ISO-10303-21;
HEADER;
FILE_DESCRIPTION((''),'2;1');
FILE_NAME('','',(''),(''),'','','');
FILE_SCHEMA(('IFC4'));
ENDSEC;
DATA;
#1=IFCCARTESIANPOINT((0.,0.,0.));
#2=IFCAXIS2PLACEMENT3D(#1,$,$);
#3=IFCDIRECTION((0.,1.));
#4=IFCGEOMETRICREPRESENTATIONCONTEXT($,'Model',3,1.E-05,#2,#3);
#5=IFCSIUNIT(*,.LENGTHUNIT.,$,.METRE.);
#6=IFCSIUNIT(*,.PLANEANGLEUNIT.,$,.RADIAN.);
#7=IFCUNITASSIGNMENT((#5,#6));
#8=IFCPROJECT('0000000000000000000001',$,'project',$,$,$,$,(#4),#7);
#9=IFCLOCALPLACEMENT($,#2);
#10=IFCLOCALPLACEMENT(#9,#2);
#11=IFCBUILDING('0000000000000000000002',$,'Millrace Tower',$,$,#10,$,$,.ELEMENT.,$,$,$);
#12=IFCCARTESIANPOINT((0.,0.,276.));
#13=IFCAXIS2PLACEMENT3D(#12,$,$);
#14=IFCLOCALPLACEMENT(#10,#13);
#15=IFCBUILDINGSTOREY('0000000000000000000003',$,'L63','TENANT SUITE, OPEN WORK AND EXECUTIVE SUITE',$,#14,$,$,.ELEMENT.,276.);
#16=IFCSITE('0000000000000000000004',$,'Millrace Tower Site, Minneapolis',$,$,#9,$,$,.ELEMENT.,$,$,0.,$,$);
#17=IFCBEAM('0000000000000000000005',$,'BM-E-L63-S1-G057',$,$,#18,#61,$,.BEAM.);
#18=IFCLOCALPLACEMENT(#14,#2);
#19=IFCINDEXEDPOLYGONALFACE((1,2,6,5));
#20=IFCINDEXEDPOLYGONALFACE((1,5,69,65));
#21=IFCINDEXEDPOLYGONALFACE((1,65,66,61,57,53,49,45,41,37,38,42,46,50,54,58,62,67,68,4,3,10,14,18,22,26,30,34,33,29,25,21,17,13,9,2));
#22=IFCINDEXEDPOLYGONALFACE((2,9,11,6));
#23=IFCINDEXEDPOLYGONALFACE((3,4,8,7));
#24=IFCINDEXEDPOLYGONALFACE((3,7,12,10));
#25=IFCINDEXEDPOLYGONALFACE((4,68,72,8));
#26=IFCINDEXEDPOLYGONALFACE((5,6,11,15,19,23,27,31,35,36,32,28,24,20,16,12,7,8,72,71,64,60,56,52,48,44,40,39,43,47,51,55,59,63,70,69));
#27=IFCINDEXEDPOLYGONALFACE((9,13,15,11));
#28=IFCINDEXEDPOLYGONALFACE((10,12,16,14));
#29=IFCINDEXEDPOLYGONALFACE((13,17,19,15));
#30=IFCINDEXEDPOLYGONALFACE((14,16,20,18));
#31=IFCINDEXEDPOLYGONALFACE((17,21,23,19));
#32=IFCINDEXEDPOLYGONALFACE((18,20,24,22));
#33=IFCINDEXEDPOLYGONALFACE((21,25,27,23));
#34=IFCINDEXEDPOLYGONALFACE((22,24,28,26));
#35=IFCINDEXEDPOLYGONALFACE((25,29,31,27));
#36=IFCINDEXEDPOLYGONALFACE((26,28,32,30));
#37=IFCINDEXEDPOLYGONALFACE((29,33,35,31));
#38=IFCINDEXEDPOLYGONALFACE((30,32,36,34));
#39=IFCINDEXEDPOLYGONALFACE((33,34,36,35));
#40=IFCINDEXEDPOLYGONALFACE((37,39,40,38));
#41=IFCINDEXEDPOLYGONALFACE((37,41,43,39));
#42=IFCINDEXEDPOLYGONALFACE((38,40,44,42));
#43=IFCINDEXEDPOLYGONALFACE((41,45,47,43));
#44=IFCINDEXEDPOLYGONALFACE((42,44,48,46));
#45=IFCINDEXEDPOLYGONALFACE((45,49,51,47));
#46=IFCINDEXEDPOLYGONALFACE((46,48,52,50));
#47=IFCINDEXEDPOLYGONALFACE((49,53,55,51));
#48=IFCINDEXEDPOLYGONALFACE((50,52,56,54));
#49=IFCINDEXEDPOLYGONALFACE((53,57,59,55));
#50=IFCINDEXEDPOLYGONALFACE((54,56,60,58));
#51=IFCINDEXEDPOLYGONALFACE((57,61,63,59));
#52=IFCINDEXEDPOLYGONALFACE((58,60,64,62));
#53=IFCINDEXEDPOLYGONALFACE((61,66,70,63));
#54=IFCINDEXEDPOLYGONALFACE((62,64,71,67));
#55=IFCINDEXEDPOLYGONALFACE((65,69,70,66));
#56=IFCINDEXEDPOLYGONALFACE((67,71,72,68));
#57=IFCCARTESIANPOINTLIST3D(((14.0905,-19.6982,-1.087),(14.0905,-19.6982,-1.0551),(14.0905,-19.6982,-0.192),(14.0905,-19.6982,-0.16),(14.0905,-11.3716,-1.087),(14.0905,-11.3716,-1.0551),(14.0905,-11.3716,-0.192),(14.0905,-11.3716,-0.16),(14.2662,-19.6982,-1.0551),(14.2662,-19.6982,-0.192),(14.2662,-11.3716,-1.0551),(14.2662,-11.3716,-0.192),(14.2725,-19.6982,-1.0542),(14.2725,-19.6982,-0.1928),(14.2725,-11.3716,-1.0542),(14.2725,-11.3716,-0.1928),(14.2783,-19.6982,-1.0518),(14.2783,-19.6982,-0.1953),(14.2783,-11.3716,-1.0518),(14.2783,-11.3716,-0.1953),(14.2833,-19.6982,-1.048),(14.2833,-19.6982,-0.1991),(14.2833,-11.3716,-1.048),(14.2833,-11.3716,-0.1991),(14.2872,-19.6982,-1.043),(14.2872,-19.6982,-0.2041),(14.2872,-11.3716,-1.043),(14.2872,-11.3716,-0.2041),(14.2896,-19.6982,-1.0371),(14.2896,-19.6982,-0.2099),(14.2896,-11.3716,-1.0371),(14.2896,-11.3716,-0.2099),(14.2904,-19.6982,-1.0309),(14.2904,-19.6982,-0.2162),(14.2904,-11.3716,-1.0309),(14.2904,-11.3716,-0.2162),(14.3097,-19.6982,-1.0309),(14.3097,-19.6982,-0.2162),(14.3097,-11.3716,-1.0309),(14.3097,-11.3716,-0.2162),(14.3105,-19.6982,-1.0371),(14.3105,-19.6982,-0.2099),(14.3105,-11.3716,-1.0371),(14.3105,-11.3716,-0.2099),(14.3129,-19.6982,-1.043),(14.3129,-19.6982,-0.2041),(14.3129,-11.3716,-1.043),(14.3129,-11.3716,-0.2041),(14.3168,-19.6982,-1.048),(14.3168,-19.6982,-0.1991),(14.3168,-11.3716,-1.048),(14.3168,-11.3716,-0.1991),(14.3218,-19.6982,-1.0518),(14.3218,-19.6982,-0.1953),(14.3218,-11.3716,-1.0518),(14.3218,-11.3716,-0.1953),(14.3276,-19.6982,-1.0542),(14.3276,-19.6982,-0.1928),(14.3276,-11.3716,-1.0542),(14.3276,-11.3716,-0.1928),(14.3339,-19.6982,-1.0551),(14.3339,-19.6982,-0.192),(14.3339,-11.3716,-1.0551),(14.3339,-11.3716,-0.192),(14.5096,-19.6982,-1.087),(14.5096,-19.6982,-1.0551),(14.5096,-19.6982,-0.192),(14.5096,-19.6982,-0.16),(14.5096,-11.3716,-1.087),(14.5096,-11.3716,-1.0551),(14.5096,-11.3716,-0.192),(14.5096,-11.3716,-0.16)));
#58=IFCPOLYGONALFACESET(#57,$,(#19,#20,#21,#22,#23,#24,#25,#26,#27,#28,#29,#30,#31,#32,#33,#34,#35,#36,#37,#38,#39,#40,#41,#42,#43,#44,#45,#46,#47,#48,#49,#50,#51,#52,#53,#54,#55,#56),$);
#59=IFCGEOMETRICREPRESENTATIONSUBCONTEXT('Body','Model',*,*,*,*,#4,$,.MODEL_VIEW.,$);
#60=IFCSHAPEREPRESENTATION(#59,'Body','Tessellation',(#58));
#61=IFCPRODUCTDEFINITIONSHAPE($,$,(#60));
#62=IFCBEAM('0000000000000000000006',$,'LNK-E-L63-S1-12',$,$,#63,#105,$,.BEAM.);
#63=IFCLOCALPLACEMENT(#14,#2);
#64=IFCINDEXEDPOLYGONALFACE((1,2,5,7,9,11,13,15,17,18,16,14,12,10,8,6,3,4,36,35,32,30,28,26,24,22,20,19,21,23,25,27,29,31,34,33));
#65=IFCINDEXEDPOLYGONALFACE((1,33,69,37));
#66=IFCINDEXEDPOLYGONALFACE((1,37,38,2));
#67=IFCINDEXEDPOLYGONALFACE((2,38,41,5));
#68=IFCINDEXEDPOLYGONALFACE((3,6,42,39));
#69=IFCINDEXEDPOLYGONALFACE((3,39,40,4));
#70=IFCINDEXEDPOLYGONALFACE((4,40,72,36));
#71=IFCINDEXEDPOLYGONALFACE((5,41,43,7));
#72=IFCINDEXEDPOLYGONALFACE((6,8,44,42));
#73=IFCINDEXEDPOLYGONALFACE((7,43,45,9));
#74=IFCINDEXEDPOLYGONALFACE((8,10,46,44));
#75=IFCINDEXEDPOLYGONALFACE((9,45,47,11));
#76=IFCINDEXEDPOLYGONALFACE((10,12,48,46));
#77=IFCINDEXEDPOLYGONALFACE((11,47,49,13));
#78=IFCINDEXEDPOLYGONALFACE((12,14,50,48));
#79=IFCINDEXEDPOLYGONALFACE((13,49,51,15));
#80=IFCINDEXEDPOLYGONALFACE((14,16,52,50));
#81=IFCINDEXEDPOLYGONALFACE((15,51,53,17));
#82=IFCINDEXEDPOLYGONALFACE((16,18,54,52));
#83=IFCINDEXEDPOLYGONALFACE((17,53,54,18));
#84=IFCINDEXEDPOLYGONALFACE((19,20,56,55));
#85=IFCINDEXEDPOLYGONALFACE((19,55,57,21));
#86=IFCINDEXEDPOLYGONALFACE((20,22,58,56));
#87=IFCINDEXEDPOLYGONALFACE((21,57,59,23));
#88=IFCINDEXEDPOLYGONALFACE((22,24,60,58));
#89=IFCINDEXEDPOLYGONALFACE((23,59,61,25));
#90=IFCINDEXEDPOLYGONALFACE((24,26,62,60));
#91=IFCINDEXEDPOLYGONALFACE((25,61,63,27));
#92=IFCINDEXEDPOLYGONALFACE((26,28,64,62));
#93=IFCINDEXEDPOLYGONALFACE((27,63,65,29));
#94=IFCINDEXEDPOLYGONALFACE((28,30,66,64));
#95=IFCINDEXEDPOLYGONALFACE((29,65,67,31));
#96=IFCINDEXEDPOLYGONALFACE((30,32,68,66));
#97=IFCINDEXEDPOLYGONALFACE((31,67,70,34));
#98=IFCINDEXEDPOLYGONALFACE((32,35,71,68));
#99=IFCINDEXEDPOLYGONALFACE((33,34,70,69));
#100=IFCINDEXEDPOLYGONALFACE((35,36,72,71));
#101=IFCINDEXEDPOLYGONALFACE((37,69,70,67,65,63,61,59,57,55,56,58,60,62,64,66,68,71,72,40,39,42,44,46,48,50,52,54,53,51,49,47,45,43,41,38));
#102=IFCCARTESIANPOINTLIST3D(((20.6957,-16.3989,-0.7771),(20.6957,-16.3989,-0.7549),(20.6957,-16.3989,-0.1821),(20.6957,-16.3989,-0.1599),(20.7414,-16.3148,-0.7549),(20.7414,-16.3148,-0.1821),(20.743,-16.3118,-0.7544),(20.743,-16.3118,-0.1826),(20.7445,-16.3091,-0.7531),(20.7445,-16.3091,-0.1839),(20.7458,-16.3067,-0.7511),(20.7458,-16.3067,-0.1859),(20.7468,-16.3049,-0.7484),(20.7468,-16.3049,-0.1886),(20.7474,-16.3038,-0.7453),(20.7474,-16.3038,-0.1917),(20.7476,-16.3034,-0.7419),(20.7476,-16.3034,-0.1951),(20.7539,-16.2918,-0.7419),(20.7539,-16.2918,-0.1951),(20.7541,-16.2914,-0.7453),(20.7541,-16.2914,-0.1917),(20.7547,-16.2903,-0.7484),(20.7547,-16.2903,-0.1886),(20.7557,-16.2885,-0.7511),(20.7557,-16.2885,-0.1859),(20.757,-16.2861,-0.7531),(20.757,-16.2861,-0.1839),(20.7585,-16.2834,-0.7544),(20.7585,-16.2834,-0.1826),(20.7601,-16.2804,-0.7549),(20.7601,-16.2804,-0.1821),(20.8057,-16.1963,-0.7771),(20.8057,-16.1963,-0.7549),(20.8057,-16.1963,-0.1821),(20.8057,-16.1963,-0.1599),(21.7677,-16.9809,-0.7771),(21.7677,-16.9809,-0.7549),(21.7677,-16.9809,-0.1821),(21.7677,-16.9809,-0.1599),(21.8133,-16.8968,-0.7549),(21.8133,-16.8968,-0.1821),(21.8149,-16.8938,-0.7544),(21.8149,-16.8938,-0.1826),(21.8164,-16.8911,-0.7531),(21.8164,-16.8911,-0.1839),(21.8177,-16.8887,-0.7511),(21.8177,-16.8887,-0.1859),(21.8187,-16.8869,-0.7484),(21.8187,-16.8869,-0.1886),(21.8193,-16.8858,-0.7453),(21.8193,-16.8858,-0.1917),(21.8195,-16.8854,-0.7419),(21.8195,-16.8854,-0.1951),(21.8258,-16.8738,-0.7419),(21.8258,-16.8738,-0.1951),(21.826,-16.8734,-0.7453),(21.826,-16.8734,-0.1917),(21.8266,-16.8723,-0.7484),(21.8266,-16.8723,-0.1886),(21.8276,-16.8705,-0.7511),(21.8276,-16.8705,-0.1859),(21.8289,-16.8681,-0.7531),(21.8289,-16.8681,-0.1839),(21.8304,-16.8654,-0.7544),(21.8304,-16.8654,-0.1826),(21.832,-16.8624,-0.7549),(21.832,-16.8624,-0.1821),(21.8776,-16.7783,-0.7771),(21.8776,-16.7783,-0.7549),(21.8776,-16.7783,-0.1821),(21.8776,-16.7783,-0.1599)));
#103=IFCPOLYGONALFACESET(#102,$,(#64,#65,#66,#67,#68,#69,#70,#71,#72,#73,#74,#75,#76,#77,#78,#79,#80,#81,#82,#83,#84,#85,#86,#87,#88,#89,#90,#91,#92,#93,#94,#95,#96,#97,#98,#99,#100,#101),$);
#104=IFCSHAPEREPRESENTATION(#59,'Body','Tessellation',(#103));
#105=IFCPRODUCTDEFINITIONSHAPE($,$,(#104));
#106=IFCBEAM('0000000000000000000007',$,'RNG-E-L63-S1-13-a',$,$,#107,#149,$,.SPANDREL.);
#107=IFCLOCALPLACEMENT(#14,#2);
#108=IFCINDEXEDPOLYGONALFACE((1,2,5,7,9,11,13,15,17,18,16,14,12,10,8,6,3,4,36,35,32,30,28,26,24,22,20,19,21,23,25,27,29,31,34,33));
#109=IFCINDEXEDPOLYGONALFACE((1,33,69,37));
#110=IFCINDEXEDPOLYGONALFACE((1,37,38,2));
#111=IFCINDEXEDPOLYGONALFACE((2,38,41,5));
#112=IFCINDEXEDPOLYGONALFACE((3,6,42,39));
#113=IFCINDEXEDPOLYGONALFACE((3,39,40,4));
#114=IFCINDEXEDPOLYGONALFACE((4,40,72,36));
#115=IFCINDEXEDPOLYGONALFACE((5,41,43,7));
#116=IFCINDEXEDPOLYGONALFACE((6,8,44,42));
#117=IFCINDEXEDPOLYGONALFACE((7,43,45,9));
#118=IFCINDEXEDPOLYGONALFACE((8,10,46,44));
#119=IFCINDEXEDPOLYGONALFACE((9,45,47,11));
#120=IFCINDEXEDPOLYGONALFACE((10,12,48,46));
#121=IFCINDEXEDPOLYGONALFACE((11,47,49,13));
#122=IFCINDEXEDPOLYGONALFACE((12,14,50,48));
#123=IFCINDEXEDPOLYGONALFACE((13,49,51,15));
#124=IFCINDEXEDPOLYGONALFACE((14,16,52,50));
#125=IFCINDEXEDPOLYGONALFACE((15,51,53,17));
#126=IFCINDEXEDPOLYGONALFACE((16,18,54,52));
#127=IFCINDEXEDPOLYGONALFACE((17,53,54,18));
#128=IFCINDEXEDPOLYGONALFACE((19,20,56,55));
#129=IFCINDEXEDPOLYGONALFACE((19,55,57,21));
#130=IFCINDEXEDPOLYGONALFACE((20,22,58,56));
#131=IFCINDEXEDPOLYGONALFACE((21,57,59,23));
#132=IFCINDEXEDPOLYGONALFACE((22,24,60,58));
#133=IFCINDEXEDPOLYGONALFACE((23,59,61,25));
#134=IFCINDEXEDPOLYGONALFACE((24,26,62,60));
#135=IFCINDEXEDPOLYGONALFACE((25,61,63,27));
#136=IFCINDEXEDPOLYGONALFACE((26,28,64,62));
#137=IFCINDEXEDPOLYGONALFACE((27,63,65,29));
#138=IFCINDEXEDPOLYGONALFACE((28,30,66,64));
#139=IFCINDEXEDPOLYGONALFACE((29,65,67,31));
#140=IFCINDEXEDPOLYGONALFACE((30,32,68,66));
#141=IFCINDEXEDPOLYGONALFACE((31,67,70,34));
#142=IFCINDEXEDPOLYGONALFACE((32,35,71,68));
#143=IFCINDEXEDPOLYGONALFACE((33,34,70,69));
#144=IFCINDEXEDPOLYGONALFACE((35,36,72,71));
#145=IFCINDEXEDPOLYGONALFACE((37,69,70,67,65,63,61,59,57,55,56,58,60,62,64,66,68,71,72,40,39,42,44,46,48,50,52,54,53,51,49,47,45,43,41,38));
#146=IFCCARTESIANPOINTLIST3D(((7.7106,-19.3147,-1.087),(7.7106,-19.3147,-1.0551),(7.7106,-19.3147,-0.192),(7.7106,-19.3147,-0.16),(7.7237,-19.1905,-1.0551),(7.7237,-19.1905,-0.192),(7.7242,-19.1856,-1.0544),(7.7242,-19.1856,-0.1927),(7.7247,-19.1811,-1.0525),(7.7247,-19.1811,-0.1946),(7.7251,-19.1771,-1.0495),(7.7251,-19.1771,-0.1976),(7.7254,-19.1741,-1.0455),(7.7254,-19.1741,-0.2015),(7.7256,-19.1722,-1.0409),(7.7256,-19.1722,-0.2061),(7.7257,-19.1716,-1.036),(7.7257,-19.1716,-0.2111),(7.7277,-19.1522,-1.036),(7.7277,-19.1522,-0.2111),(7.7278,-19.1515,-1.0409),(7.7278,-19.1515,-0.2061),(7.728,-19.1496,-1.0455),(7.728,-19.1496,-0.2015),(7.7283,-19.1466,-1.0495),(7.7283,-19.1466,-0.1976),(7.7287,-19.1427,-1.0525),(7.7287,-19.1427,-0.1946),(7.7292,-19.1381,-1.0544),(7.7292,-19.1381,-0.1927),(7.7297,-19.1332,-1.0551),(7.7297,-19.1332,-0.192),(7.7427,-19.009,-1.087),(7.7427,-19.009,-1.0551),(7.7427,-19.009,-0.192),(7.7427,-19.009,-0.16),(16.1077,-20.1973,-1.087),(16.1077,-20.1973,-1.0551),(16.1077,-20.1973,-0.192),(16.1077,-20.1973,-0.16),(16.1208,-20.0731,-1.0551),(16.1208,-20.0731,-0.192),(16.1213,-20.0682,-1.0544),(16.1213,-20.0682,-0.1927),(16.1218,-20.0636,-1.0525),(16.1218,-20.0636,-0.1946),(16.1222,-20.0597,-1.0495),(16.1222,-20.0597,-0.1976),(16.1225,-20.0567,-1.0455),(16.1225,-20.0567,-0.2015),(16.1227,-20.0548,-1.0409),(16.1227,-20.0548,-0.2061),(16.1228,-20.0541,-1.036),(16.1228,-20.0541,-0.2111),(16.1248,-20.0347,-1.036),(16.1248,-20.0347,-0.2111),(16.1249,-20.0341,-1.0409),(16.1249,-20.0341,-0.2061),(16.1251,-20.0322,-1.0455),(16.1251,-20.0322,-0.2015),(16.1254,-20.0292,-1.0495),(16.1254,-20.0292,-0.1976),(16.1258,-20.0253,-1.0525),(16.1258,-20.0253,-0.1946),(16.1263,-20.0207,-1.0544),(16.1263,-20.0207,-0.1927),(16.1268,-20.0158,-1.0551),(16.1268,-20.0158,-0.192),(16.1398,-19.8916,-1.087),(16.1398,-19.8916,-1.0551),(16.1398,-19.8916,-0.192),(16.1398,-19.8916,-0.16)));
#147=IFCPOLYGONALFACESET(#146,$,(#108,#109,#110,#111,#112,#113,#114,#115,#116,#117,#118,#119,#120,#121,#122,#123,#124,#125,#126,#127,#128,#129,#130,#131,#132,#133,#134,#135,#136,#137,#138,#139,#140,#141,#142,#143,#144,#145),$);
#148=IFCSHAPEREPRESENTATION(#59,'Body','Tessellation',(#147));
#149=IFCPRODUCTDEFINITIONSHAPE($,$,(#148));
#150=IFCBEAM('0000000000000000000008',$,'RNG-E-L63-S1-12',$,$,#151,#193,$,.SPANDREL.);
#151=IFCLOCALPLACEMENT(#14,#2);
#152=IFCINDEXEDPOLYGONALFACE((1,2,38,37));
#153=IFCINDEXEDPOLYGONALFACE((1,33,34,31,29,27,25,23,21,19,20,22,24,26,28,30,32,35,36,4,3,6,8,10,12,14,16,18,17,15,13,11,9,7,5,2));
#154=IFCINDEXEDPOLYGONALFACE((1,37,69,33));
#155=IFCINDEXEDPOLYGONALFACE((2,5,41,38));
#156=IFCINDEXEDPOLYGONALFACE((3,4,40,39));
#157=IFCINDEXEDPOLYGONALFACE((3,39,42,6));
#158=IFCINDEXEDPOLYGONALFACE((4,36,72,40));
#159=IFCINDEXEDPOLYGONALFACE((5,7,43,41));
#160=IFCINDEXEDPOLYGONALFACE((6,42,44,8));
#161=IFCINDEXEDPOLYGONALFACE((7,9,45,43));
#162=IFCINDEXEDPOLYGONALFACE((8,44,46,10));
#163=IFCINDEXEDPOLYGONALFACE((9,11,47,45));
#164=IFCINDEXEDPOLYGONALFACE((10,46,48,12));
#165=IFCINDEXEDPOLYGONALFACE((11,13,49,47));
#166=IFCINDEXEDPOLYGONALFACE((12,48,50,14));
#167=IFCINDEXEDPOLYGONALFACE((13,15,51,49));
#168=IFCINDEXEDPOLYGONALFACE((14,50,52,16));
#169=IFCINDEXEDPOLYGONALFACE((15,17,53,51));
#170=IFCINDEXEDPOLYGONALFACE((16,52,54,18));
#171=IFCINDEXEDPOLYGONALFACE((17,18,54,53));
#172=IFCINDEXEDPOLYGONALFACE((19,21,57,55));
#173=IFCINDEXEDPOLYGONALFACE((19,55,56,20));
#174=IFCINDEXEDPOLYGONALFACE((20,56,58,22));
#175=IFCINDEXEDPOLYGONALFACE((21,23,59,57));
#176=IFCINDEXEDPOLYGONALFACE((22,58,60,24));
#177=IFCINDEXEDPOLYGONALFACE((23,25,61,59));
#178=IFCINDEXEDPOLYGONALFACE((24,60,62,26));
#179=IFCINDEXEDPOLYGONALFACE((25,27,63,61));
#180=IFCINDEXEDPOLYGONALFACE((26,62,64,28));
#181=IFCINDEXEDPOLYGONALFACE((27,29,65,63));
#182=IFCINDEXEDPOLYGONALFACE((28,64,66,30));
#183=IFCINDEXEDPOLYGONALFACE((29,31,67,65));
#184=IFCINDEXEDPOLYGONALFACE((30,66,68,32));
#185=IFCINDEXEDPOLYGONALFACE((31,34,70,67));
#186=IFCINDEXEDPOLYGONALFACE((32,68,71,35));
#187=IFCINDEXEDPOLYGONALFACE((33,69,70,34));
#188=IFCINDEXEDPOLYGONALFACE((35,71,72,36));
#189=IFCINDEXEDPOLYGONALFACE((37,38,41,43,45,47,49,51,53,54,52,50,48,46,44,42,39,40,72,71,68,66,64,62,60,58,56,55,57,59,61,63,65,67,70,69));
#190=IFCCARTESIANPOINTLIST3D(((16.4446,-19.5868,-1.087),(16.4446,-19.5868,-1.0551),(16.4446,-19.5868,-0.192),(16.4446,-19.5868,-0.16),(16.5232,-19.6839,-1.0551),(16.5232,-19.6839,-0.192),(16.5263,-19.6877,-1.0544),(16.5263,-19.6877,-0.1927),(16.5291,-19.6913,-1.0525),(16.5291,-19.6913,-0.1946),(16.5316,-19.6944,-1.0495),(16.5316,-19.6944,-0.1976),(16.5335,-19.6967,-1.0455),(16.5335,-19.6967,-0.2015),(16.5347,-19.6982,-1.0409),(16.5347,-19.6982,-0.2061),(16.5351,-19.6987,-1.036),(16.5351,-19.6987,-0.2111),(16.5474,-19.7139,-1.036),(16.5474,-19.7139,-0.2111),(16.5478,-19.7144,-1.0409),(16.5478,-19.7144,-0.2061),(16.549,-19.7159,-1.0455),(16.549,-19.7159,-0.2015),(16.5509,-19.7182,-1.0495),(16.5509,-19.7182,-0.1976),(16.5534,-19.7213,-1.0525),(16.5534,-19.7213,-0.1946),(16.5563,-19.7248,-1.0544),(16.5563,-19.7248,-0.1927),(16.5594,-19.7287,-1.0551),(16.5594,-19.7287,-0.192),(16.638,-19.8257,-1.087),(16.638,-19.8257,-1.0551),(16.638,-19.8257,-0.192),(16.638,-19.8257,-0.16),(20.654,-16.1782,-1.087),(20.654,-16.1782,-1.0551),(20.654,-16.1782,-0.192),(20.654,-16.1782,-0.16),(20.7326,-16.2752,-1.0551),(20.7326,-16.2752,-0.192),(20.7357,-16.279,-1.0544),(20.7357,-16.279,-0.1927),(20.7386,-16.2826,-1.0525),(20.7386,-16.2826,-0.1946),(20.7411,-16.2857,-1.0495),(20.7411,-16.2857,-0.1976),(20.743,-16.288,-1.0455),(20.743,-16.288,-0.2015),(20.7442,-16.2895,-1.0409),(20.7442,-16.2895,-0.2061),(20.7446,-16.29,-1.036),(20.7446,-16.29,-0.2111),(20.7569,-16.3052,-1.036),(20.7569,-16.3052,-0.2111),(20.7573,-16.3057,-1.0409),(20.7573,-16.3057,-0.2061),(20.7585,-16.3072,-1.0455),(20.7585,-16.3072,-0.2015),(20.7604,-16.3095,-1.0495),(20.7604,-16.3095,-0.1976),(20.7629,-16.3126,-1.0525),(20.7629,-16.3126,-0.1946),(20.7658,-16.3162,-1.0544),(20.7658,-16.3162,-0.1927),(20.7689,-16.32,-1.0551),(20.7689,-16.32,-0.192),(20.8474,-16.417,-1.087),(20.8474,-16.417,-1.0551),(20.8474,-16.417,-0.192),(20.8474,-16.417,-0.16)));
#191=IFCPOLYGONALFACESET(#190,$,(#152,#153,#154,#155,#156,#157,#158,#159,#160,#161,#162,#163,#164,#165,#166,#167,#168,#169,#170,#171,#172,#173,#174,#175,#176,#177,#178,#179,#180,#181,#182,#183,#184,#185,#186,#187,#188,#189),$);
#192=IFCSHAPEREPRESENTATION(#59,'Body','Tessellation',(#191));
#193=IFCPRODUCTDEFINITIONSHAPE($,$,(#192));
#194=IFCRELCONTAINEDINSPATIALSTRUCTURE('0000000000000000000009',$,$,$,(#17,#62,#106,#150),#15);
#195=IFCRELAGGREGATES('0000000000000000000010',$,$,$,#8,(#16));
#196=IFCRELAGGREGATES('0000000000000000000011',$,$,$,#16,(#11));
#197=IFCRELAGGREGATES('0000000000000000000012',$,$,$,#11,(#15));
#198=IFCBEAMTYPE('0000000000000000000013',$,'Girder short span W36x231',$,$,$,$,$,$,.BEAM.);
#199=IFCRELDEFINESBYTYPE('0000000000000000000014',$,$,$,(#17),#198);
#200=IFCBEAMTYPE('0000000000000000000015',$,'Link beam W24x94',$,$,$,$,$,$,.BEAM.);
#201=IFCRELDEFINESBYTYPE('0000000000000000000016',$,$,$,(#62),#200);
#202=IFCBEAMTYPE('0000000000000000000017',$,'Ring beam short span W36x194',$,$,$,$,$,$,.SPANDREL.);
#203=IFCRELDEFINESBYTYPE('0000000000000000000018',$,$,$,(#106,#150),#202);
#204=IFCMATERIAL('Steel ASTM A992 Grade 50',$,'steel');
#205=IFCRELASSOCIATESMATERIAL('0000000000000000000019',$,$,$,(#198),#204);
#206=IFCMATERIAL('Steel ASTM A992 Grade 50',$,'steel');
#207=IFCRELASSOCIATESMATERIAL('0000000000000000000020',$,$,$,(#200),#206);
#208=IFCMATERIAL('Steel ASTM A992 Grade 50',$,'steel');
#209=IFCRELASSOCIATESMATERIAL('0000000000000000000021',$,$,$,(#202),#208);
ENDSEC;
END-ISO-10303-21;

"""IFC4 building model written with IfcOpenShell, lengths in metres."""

from ifc_helpers import new_model, si_unit, direction, frame, origin, origin_2d, place, context, subcontext, project, spatial, i_section, extrude, material, material_profile, profile_set, type_object, element, save


model = new_model("IFC4")

# Units and contexts
model_context = context("Model", 3, precision=1e-05, world=origin(), true_north=direction((0.0, 1.0)))
body_context = subcontext(model_context, "Body", "Model", "MODEL_VIEW")
ifc_project = project(units=[si_unit("LENGTHUNIT", "METRE"), si_unit("PLANEANGLEUNIT", "RADIAN")], contexts=[model_context])

# Site, building, storey
site_placement = place(None, origin())
site = spatial("IfcSite", under=ifc_project, at=site_placement, Name="Millrace Tower Site, Minneapolis", CompositionType="ELEMENT", RefElevation=0.0)
building_placement = place(site_placement, origin())
building = spatial("IfcBuilding", under=site, at=building_placement, Name="Millrace Tower", CompositionType="ELEMENT")
storey_placement = place(building_placement, frame((0.0, 0.0, 276.0)))
storey = spatial("IfcBuildingStorey", under=building, at=storey_placement, Name="L63", Description="TENANT SUITE, OPEN WORK AND EXECUTIVE SUITE", CompositionType="ELEMENT", Elevation=276.0)

# Beams
ifc_material_1 = material(Name="Steel ASTM A992 Grade 50", Category="steel")
ifc_material_profile_1 = material_profile(ifc_material_1, i_section(OverallWidth=0.4192, OverallDepth=0.927, WebThickness=0.0193, FlangeThickness=0.032, FilletRadius=0.0242, at=origin_2d()))
ifc_profile_set_1 = profile_set([ifc_material_profile_1], Name="Steel ASTM A992 Grade 50")
beam_type_1 = type_object("IfcBeamType", Name="Girder short span W36x231", PredefinedType="BEAM", material=ifc_profile_set_1)
beam_1_placement = place(storey_placement, frame((14.3, -19.6982, -0.6235), z_axis=(0.0, 1.0, 0.0), x_axis=(-1.0, 0.0, 0.0)))
element("IfcBeam", 1, at=beam_1_placement, inside=storey, type_object=beam_type_1, Name="BM-E-L63-S1-G057", PredefinedType="BEAM", context=body_context, shape_type="SweptSolid", body=[
    extrude(i_section(OverallWidth=0.4192, OverallDepth=0.927, WebThickness=0.0193, FlangeThickness=0.032, FilletRadius=0.0242, at=origin_2d()), origin(), (0.0, 0.0, 1.0), 8.3267),
])
ifc_material_2 = material(Name="Steel ASTM A992 Grade 50", Category="steel")
ifc_material_profile_2 = material_profile(ifc_material_2, i_section(OverallWidth=0.2305, OverallDepth=0.6172, WebThickness=0.0132, FlangeThickness=0.0222, FilletRadius=0.0129, at=origin_2d()))
ifc_profile_set_2 = profile_set([ifc_material_profile_2], Name="Steel ASTM A992 Grade 50")
beam_type_2 = type_object("IfcBeamType", Name="Link beam W24x94", PredefinedType="BEAM", material=ifc_profile_set_2)
beam_2_placement = place(storey_placement, frame((20.7507, -16.2976, -0.4685), z_axis=(0.878827, -0.47714, 0.0), x_axis=(0.47714, 0.878827, 0.0)))
element("IfcBeam", 2, at=beam_2_placement, inside=storey, type_object=beam_type_2, Name="LNK-E-L63-S1-12", PredefinedType="BEAM", context=body_context, shape_type="SweptSolid", body=[
    extrude(i_section(OverallWidth=0.2305, OverallDepth=0.6172, WebThickness=0.0132, FlangeThickness=0.0222, FilletRadius=0.0129, at=origin_2d()), origin(), (0.0, 0.0, 1.0), 1.2197),
])
ifc_material_3 = material(Name="Steel ASTM A992 Grade 50", Category="steel")
ifc_material_profile_3 = material_profile(ifc_material_3, i_section(OverallWidth=0.3074, OverallDepth=0.927, WebThickness=0.0195, FlangeThickness=0.032, FilletRadius=0.019, at=origin_2d()))
ifc_profile_set_3 = profile_set([ifc_material_profile_3], Name="Steel ASTM A992 Grade 50")
beam_type_3 = type_object("IfcBeamType", Name="Ring beam short span W36x194", PredefinedType="SPANDREL", material=ifc_profile_set_3)
beam_3_placement = place(storey_placement, frame((16.1238, -20.0444, -0.6235), z_axis=(-0.994522, 0.104527, 0.0), x_axis=(-0.104527, -0.994522, 0.0)))
element("IfcBeam", 3, at=beam_3_placement, inside=storey, type_object=beam_type_3, Name="RNG-E-L63-S1-13-a", PredefinedType="SPANDREL", context=body_context, shape_type="SweptSolid", body=[
    extrude(i_section(OverallWidth=0.3074, OverallDepth=0.927, WebThickness=0.0195, FlangeThickness=0.032, FilletRadius=0.019, at=origin_2d()), origin(), (0.0, 0.0, 1.0), 8.4434),
])
beam_4_placement = place(storey_placement, frame((20.7507, -16.2976, -0.6235), z_axis=(-0.777152, -0.629312, 0.0), x_axis=(0.629312, -0.777152, 0.0)))
element("IfcBeam", 4, at=beam_4_placement, inside=storey, type_object=beam_type_3, Name="RNG-E-L63-S1-12", PredefinedType="SPANDREL", context=body_context, shape_type="SweptSolid", body=[
    extrude(i_section(OverallWidth=0.3074, OverallDepth=0.927, WebThickness=0.0195, FlangeThickness=0.032, FilletRadius=0.019, at=origin_2d()), origin(), (0.0, 0.0, 1.0), 5.4165),
])

save(model, "model.ifc")
